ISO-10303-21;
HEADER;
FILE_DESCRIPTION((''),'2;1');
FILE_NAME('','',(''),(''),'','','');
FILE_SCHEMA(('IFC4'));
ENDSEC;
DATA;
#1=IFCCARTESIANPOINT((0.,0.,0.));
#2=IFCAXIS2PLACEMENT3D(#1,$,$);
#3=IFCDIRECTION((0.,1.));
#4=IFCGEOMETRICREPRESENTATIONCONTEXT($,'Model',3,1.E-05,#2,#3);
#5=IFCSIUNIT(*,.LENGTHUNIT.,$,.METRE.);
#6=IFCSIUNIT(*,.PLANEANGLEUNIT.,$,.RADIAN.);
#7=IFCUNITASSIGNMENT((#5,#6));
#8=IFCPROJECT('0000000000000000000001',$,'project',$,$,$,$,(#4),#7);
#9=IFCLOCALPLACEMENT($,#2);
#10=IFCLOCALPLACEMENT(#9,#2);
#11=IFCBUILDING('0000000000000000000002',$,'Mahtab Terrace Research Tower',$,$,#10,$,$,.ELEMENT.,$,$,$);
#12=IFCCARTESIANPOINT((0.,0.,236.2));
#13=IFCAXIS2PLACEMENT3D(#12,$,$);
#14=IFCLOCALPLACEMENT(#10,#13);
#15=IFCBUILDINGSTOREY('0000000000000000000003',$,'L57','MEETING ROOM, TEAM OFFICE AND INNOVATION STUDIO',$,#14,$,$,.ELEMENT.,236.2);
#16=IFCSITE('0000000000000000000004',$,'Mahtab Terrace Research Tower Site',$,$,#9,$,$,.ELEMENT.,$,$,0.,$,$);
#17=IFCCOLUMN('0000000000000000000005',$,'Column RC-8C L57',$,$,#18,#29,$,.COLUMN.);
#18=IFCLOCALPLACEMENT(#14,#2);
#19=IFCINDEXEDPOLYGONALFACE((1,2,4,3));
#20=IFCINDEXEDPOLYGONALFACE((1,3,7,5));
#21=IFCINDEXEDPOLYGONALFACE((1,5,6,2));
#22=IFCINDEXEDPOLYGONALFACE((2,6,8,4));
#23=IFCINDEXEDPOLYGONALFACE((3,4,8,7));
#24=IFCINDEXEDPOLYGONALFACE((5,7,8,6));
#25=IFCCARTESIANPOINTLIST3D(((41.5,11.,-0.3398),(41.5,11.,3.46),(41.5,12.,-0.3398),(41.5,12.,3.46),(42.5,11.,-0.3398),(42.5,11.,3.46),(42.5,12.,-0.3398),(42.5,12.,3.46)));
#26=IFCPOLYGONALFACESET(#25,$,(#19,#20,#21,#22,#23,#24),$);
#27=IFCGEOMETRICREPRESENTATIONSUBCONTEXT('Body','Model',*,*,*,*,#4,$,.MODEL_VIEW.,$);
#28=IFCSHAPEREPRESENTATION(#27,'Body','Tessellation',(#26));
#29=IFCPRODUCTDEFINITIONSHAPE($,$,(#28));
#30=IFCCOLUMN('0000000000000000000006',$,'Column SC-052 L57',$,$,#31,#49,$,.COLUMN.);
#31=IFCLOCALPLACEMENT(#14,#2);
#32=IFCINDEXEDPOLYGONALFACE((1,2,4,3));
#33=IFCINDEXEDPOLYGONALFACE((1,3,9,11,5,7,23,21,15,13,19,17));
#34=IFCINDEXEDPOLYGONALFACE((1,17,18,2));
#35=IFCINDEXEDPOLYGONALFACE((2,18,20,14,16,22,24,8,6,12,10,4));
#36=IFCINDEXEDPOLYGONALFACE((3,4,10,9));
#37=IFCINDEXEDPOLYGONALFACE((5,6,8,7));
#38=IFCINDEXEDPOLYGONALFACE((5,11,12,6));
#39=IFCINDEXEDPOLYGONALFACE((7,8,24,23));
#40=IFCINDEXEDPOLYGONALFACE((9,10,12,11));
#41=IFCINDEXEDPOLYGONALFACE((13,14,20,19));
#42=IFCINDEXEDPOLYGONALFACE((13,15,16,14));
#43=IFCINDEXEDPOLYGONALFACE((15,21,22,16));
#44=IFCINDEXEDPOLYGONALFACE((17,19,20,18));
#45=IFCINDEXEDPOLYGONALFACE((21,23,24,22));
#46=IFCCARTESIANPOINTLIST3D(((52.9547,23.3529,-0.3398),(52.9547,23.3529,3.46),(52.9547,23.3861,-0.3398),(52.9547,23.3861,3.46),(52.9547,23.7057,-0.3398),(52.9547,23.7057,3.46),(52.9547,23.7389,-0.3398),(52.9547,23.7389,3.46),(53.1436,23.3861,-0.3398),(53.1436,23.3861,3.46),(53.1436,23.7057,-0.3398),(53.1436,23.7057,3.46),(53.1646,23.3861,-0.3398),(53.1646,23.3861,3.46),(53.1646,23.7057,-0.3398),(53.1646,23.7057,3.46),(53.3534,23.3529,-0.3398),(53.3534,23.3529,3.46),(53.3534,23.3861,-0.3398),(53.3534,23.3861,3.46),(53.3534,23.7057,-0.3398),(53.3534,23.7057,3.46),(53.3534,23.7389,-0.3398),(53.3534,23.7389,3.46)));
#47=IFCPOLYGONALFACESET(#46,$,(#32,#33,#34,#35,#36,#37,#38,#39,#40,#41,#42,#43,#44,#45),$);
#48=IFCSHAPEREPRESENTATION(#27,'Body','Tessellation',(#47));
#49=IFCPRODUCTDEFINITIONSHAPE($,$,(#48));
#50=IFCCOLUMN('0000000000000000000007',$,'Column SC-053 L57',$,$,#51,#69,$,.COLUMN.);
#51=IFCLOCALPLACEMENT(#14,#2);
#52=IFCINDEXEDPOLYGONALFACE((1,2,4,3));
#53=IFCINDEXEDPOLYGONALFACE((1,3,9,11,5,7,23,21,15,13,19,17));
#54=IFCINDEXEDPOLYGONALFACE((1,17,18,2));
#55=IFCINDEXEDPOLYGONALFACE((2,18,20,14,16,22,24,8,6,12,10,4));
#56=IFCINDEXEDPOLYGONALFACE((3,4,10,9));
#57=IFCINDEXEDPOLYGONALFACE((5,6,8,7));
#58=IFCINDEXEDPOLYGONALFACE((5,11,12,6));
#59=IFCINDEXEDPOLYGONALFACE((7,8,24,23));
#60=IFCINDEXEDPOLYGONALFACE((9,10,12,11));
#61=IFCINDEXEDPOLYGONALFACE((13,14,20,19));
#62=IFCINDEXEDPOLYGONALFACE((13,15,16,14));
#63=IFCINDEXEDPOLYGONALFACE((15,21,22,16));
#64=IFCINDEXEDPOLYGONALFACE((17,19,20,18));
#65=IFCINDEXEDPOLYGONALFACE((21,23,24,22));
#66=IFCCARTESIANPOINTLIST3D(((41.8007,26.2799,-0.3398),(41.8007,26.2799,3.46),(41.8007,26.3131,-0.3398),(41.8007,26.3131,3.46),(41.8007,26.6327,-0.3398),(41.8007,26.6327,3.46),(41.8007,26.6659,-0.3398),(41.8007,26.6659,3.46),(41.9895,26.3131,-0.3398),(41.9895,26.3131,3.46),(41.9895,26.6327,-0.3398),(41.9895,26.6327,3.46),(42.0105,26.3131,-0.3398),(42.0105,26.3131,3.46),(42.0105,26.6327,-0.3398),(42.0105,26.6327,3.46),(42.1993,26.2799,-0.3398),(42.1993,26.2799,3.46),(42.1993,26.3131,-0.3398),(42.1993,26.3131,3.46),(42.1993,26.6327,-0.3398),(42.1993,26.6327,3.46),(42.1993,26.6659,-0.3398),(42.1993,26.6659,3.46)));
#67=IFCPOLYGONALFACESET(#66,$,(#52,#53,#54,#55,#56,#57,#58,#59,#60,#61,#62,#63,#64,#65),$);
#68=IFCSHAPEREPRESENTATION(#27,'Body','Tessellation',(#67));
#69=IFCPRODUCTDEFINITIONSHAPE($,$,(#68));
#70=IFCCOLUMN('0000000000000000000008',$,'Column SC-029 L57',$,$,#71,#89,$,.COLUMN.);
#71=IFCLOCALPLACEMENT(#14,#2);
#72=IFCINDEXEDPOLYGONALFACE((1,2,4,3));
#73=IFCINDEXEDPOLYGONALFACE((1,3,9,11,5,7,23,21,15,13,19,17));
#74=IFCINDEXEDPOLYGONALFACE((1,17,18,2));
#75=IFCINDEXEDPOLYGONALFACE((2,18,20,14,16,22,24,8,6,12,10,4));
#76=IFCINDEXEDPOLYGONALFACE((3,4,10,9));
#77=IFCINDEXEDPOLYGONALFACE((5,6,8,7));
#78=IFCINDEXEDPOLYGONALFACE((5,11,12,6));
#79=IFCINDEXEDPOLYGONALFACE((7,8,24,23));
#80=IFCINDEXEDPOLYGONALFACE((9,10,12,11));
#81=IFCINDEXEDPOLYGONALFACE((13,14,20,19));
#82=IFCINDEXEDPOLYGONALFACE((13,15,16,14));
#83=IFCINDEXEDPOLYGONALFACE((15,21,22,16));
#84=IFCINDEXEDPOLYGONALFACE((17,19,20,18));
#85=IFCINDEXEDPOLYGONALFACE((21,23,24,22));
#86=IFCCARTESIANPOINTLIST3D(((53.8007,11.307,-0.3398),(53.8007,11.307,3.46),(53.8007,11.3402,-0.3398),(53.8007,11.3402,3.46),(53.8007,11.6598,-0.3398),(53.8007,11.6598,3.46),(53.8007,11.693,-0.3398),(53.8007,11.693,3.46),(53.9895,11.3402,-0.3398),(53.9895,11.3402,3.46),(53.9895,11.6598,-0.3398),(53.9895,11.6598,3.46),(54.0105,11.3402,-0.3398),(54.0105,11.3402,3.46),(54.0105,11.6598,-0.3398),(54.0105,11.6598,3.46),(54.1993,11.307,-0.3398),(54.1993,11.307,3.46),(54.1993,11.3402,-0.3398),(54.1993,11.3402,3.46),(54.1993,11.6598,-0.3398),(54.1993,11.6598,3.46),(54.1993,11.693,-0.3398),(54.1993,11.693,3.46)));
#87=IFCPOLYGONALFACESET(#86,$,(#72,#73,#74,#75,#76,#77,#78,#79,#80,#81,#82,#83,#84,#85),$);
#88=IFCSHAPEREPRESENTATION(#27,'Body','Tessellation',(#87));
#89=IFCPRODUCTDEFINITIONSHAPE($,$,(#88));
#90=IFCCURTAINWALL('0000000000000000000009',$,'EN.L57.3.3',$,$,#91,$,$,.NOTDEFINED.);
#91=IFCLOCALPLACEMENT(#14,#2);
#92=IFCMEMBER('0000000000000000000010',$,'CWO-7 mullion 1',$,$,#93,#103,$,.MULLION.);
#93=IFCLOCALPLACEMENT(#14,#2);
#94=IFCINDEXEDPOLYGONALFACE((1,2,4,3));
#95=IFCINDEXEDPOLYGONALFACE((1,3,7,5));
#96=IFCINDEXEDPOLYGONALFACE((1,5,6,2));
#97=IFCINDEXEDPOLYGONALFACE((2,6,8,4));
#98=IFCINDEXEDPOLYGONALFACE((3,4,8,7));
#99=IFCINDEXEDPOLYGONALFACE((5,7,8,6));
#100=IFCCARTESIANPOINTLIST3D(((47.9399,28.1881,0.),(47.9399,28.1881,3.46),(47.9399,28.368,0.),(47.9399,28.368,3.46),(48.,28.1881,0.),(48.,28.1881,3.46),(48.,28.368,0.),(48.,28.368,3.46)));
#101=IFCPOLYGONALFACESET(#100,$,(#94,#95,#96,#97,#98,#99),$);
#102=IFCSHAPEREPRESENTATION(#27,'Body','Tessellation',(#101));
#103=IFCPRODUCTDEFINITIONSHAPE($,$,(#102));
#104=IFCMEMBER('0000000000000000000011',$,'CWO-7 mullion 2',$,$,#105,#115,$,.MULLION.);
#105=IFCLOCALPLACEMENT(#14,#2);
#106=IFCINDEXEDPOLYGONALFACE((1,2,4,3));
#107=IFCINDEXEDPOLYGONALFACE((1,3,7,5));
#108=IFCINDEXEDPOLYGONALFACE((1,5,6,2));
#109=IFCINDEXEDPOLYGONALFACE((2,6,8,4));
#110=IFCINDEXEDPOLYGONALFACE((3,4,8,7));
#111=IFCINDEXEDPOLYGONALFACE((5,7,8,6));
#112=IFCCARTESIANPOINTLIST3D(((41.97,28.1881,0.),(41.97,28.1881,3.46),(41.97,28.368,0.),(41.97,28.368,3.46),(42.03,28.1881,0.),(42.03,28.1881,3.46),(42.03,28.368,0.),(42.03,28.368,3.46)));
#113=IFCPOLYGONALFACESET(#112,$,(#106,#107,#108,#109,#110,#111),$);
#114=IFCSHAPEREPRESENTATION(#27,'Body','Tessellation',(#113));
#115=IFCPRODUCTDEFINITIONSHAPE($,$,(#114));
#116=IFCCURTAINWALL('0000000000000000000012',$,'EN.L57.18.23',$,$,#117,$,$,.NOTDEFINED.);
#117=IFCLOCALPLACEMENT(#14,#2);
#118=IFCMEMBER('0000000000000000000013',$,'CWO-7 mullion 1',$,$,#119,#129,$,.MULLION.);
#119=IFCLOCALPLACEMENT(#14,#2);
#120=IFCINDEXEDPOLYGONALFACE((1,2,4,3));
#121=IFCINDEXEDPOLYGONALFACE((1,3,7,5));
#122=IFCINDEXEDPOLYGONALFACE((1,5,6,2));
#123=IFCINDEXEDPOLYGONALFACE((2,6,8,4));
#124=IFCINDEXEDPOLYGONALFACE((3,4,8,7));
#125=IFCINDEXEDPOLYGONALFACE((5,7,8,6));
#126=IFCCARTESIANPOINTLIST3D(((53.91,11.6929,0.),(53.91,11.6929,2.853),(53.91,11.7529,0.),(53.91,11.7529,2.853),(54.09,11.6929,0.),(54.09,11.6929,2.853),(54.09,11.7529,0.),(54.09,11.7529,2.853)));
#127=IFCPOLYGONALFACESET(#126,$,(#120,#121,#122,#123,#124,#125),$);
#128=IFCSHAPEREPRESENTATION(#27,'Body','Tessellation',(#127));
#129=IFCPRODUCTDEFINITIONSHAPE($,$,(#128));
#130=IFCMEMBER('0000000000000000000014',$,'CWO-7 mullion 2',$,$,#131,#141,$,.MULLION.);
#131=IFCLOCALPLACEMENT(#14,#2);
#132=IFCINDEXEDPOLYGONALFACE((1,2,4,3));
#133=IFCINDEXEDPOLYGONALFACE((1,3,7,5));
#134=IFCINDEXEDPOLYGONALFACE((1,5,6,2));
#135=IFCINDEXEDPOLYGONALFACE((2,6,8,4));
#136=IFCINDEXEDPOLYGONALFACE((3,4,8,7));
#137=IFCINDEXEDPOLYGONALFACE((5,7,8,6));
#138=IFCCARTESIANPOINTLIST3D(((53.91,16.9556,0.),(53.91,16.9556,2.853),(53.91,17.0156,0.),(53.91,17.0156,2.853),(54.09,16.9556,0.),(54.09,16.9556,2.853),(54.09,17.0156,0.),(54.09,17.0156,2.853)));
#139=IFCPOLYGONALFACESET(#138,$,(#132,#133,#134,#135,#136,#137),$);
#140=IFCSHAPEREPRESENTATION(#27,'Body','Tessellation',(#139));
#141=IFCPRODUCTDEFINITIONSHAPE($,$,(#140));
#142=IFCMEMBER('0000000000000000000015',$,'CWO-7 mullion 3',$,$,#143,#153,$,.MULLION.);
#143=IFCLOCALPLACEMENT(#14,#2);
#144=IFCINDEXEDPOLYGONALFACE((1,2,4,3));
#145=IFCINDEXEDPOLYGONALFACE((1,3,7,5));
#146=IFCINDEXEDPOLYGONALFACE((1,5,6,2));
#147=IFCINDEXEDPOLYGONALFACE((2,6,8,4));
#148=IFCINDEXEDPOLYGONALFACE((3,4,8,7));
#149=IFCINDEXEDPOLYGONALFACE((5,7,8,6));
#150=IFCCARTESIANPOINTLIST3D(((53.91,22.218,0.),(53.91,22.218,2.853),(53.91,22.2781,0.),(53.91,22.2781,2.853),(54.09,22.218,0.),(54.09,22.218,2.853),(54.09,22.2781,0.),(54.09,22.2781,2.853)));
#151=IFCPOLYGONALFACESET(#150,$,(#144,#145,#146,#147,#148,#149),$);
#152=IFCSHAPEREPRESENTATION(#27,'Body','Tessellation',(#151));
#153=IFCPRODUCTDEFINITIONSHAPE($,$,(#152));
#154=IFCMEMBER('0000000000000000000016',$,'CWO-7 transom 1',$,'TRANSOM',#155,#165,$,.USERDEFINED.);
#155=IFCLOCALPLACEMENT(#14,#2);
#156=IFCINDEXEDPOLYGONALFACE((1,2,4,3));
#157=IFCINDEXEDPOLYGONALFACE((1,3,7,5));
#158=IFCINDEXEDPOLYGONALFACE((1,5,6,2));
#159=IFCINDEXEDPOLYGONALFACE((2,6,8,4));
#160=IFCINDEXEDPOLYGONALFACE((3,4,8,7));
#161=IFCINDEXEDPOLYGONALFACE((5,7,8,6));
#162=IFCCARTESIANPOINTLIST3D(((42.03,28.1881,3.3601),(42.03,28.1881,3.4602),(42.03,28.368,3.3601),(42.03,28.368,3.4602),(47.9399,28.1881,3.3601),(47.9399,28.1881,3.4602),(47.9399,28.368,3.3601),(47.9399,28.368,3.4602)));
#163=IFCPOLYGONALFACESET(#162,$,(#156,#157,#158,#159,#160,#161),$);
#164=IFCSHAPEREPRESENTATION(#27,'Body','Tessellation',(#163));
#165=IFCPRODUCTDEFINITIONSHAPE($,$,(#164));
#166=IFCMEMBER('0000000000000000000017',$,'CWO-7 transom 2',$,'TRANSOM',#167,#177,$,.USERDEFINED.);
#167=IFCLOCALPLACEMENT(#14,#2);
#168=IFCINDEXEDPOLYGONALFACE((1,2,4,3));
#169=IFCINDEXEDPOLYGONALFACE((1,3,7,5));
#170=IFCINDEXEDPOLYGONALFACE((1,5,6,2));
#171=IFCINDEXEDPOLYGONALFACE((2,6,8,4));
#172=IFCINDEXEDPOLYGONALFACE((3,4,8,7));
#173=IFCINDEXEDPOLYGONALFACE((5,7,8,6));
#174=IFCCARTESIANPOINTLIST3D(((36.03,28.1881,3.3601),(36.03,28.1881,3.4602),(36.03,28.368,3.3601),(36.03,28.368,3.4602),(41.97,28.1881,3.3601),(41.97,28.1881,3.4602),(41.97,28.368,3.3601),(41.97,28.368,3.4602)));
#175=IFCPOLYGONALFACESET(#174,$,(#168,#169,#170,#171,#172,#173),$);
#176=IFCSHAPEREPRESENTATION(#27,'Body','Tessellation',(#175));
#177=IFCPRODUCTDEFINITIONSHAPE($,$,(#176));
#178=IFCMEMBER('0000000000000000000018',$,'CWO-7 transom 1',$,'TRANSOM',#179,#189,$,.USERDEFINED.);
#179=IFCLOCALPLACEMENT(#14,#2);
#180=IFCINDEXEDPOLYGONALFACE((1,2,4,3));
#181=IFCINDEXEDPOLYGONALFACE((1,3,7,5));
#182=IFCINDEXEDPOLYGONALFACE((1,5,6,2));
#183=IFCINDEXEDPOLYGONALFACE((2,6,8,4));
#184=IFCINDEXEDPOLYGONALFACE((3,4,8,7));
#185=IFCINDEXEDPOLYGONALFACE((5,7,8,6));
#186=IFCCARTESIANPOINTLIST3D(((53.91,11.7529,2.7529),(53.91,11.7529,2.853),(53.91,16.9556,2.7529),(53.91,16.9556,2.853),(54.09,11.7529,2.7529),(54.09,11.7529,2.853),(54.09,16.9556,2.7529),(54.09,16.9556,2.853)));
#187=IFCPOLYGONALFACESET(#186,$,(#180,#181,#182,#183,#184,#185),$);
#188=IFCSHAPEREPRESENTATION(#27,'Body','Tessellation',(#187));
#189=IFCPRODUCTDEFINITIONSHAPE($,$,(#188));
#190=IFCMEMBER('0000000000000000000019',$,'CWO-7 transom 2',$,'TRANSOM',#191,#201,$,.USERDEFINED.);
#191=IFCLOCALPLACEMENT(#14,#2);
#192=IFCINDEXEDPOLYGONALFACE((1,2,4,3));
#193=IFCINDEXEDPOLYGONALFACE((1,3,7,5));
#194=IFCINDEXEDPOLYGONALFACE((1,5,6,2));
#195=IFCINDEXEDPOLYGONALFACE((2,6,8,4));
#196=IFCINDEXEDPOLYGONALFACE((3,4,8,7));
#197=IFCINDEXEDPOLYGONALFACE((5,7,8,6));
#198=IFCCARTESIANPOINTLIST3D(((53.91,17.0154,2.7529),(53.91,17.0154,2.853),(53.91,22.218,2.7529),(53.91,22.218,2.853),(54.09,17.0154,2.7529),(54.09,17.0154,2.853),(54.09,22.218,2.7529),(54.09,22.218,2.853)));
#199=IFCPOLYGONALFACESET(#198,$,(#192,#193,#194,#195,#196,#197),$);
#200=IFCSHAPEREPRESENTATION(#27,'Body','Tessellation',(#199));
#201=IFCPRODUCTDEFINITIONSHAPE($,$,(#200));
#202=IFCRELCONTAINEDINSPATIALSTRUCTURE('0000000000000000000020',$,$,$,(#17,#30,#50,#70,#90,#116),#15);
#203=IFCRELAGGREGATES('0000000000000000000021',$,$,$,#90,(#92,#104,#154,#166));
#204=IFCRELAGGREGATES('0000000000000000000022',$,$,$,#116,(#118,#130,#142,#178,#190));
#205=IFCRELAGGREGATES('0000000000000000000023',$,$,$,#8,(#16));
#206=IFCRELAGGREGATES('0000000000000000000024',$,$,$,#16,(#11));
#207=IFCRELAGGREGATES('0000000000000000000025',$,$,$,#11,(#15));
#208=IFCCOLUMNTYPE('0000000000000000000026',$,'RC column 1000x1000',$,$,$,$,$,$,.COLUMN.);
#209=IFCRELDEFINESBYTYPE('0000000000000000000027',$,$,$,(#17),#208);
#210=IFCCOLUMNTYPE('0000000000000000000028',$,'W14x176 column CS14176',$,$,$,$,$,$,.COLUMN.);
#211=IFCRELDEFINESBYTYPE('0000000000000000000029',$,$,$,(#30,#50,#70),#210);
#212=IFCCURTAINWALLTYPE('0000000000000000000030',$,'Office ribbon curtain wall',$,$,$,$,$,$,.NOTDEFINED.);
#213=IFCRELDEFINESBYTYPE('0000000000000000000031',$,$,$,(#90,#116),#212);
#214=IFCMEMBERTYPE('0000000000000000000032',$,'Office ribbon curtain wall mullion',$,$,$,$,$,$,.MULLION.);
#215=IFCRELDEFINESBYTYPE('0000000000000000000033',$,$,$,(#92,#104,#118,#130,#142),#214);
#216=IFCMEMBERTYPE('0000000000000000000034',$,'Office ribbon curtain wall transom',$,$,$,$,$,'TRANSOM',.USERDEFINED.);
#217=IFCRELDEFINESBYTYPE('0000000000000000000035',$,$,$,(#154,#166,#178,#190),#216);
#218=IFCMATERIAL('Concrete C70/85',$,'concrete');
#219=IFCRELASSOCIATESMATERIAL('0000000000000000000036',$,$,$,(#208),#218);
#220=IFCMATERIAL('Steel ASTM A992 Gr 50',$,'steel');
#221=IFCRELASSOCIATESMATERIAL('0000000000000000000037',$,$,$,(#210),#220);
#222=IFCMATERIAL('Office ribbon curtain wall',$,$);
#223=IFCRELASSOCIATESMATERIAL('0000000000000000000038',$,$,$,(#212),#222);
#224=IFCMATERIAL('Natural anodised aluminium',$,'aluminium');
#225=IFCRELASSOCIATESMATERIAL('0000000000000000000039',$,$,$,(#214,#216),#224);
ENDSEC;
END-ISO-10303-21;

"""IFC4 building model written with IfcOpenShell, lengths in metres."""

from ifc_helpers import new_model, si_unit, direction, frame, origin, origin_2d, place, context, subcontext, project, spatial, rectangle, i_section, extrude, material, material_profile, profile_set, type_object, element, aggregate, save


model = new_model("IFC4")

# Units and contexts
model_context = context("Model", 3, precision=1e-05, world=origin(), true_north=direction((0.0, 1.0)))
body_context = subcontext(model_context, "Body", "Model", "MODEL_VIEW")
ifc_project = project(units=[si_unit("LENGTHUNIT", "METRE"), si_unit("PLANEANGLEUNIT", "RADIAN")], contexts=[model_context])

# Site, building, storey
site_placement = place(None, origin())
site = spatial("IfcSite", under=ifc_project, at=site_placement, Name="Mahtab Terrace Research Tower Site", CompositionType="ELEMENT", RefElevation=0.0)
building_placement = place(site_placement, origin())
building = spatial("IfcBuilding", under=site, at=building_placement, Name="Mahtab Terrace Research Tower", CompositionType="ELEMENT")
storey_placement = place(building_placement, frame((0.0, 0.0, 236.2)))
storey = spatial("IfcBuildingStorey", under=building, at=storey_placement, Name="L57", Description="MEETING ROOM, TEAM OFFICE AND INNOVATION STUDIO", CompositionType="ELEMENT", Elevation=236.2)

# Columns
ifc_material_1 = material(Name="Concrete C70/85", Category="concrete")
ifc_material_profile_1 = material_profile(ifc_material_1, rectangle(XDim=1.0, YDim=1.0, at=origin_2d()), Name="RC column 1000x1000")
ifc_profile_set_1 = profile_set([ifc_material_profile_1], Name="Concrete C70/85")
column_type_1 = type_object("IfcColumnType", Name="RC column 1000x1000", PredefinedType="COLUMN", material=ifc_profile_set_1)
column_placement = place(storey_placement, frame((42.0, 11.5, -0.3398), z_axis=(0.0, 0.0, 1.0), x_axis=(1.0, 0.0, 0.0)))
element("IfcColumn", 1, at=column_placement, inside=storey, type_object=column_type_1, Name="Column RC-8C L57", PredefinedType="COLUMN", context=body_context, shape_type="SweptSolid", body=[
    extrude(rectangle(XDim=1.0, YDim=1.0, at=origin_2d()), origin(), (0.0, 0.0, 1.0), 3.7998),
])
ifc_material_2 = material(Name="Steel ASTM A992 Gr 50", Category="steel")
ifc_material_profile_2 = material_profile(ifc_material_2, i_section(OverallWidth=0.3987, OverallDepth=0.386, WebThickness=0.021, FlangeThickness=0.0332, at=origin_2d()), Name="W14X176")
ifc_profile_set_2 = profile_set([ifc_material_profile_2], Name="Steel ASTM A992 Gr 50")
column_type_2 = type_object("IfcColumnType", Name="W14x176 column CS14176", PredefinedType="COLUMN", material=ifc_profile_set_2)
for number, where, z_axis, x_axis, name in (
    (2, (53.1541, 23.5459, -0.3398), (0.0, 0.0, 1.0), (1.0, 0.0, 0.0), "Column SC-052 L57"),
    (3, (42.0, 26.4729, -0.3398), (0.0, 0.0, 1.0), (1.0, 0.0, 0.0), "Column SC-053 L57"),
    (4, (54.0, 11.5, -0.3398), (0.0, 0.0, 1.0), (1.0, 0.0, 0.0), "Column SC-029 L57"),
):
    element("IfcColumn", number, at=place(storey_placement, frame(where, z_axis=z_axis, x_axis=x_axis)), inside=storey, type_object=column_type_2, Name=name, PredefinedType="COLUMN", context=body_context, shape_type="SweptSolid", body=[
        extrude(i_section(OverallWidth=0.3987, OverallDepth=0.386, WebThickness=0.021, FlangeThickness=0.0332, at=origin_2d()), origin(), (0.0, 0.0, 1.0), 3.7998),
    ])

# Curtain walls, members
ifc_material_3 = material(Name="Office ribbon curtain wall")
curtain_wall_type = type_object("IfcCurtainWallType", Name="Office ribbon curtain wall", PredefinedType="NOTDEFINED", material=ifc_material_3)
curtain_wall_1_placement = place(storey_placement, origin())
curtain_wall_1 = element("IfcCurtainWall", 5, at=curtain_wall_1_placement, inside=storey, type_object=curtain_wall_type, Name="EN.L57.3.3", PredefinedType="NOTDEFINED")
ifc_material_4 = material(Name="Natural anodised aluminium", Category="aluminium")
ifc_material_profile_3 = material_profile(ifc_material_4, rectangle(XDim=0.1799, YDim=0.0601, at=origin_2d()), Name="MULLION 60x180")
ifc_profile_set_3 = profile_set([ifc_material_profile_3], Name="Natural anodised aluminium")
member_type_1 = type_object("IfcMemberType", Name="Office ribbon curtain wall mullion", PredefinedType="MULLION", material=ifc_profile_set_3)
member_1_placement = place(storey_placement, frame((47.97, 28.2781, 0.0), z_axis=(0.0, 0.0, 1.0), x_axis=(0.0, -1.0, 0.0)))
member_1 = element("IfcMember", 6, at=member_1_placement, type_object=member_type_1, Name="CWO-7 mullion 1", PredefinedType="MULLION", context=body_context, shape_type="SweptSolid", body=[
    extrude(rectangle(XDim=0.1799, YDim=0.0601, at=origin_2d()), origin(), (0.0, 0.0, 1.0), 3.46),
])
member_2_placement = place(storey_placement, frame((42.0, 28.2781, 0.0), z_axis=(0.0, 0.0, 1.0), x_axis=(0.0, -1.0, 0.0)))
member_2 = element("IfcMember", 7, at=member_2_placement, type_object=member_type_1, Name="CWO-7 mullion 2", PredefinedType="MULLION", context=body_context, shape_type="SweptSolid", body=[
    extrude(rectangle(XDim=0.1799, YDim=0.0601, at=origin_2d()), origin(), (0.0, 0.0, 1.0), 3.46),
])
curtain_wall_2_placement = place(storey_placement, origin())
curtain_wall_2 = element("IfcCurtainWall", 8, at=curtain_wall_2_placement, inside=storey, type_object=curtain_wall_type, Name="EN.L57.18.23", PredefinedType="NOTDEFINED")
member_3_placement = place(storey_placement, frame((54.0, 11.7229, 0.0), z_axis=(0.0, 0.0, 1.0), x_axis=(-1.0, 0.0, 0.0)))
member_3 = element("IfcMember", 9, at=member_3_placement, type_object=member_type_1, Name="CWO-7 mullion 1", PredefinedType="MULLION", context=body_context, shape_type="SweptSolid", body=[
    extrude(rectangle(XDim=0.1799, YDim=0.0601, at=origin_2d()), origin(), (0.0, 0.0, 1.0), 2.853),
])
member_4_placement = place(storey_placement, frame((54.0, 16.9856, 0.0), z_axis=(0.0, 0.0, 1.0), x_axis=(-1.0, 0.0, 0.0)))
member_4 = element("IfcMember", 10, at=member_4_placement, type_object=member_type_1, Name="CWO-7 mullion 2", PredefinedType="MULLION", context=body_context, shape_type="SweptSolid", body=[
    extrude(rectangle(XDim=0.1799, YDim=0.0601, at=origin_2d()), origin(), (0.0, 0.0, 1.0), 2.853),
])
member_5_placement = place(storey_placement, frame((54.0, 22.248, 0.0), z_axis=(0.0, 0.0, 1.0), x_axis=(-1.0, 0.0, 0.0)))
member_5 = element("IfcMember", 11, at=member_5_placement, type_object=member_type_1, Name="CWO-7 mullion 3", PredefinedType="MULLION", context=body_context, shape_type="SweptSolid", body=[
    extrude(rectangle(XDim=0.1799, YDim=0.0601, at=origin_2d()), origin(), (0.0, 0.0, 1.0), 2.853),
])

# Members
ifc_material_profile_4 = material_profile(ifc_material_4, rectangle(XDim=0.1799, YDim=0.1001, at=origin_2d()), Name="TRANSOM 100x180")
ifc_profile_set_4 = profile_set([ifc_material_profile_4], Name="Natural anodised aluminium")
member_type_2 = type_object("IfcMemberType", Name="Office ribbon curtain wall transom", ElementType="TRANSOM", PredefinedType="USERDEFINED", material=ifc_profile_set_4)
member_6_placement = place(storey_placement, frame((47.9399, 28.2781, 3.4102), z_axis=(-1.0, 0.0, 0.0), x_axis=(0.0, -1.0, 0.0)))
member_6 = element("IfcMember", 12, at=member_6_placement, type_object=member_type_2, Name="CWO-7 transom 1", ObjectType="TRANSOM", PredefinedType="USERDEFINED", context=body_context, shape_type="SweptSolid", body=[
    extrude(rectangle(XDim=0.1799, YDim=0.1001, at=origin_2d()), origin(), (0.0, 0.0, 1.0), 5.9099),
])
member_7_placement = place(storey_placement, frame((41.97, 28.2781, 3.4102), z_axis=(-1.0, 0.0, 0.0), x_axis=(0.0, -1.0, 0.0)))
member_7 = element("IfcMember", 13, at=member_7_placement, type_object=member_type_2, Name="CWO-7 transom 2", ObjectType="TRANSOM", PredefinedType="USERDEFINED", context=body_context, shape_type="SweptSolid", body=[
    extrude(rectangle(XDim=0.1799, YDim=0.1001, at=origin_2d()), origin(), (0.0, 0.0, 1.0), 5.9399),
])
member_8_placement = place(storey_placement, frame((54.0, 11.7529, 2.803), z_axis=(0.0, 1.0, 0.0), x_axis=(-1.0, 0.0, 0.0)))
member_8 = element("IfcMember", 14, at=member_8_placement, type_object=member_type_2, Name="CWO-7 transom 1", ObjectType="TRANSOM", PredefinedType="USERDEFINED", context=body_context, shape_type="SweptSolid", body=[
    extrude(rectangle(XDim=0.1799, YDim=0.1001, at=origin_2d()), origin(), (0.0, 0.0, 1.0), 5.2026),
])
member_9_placement = place(storey_placement, frame((54.0, 17.0154, 2.803), z_axis=(0.0, 1.0, 0.0), x_axis=(-1.0, 0.0, 0.0)))
member_9 = element("IfcMember", 15, at=member_9_placement, type_object=member_type_2, Name="CWO-7 transom 2", ObjectType="TRANSOM", PredefinedType="USERDEFINED", context=body_context, shape_type="SweptSolid", body=[
    extrude(rectangle(XDim=0.1799, YDim=0.1001, at=origin_2d()), origin(), (0.0, 0.0, 1.0), 5.2026),
])

aggregate(curtain_wall_1, [member_1, member_2, member_6, member_7])
aggregate(curtain_wall_2, [member_3, member_4, member_5, member_8, member_9])

save(model, "model.ifc")
